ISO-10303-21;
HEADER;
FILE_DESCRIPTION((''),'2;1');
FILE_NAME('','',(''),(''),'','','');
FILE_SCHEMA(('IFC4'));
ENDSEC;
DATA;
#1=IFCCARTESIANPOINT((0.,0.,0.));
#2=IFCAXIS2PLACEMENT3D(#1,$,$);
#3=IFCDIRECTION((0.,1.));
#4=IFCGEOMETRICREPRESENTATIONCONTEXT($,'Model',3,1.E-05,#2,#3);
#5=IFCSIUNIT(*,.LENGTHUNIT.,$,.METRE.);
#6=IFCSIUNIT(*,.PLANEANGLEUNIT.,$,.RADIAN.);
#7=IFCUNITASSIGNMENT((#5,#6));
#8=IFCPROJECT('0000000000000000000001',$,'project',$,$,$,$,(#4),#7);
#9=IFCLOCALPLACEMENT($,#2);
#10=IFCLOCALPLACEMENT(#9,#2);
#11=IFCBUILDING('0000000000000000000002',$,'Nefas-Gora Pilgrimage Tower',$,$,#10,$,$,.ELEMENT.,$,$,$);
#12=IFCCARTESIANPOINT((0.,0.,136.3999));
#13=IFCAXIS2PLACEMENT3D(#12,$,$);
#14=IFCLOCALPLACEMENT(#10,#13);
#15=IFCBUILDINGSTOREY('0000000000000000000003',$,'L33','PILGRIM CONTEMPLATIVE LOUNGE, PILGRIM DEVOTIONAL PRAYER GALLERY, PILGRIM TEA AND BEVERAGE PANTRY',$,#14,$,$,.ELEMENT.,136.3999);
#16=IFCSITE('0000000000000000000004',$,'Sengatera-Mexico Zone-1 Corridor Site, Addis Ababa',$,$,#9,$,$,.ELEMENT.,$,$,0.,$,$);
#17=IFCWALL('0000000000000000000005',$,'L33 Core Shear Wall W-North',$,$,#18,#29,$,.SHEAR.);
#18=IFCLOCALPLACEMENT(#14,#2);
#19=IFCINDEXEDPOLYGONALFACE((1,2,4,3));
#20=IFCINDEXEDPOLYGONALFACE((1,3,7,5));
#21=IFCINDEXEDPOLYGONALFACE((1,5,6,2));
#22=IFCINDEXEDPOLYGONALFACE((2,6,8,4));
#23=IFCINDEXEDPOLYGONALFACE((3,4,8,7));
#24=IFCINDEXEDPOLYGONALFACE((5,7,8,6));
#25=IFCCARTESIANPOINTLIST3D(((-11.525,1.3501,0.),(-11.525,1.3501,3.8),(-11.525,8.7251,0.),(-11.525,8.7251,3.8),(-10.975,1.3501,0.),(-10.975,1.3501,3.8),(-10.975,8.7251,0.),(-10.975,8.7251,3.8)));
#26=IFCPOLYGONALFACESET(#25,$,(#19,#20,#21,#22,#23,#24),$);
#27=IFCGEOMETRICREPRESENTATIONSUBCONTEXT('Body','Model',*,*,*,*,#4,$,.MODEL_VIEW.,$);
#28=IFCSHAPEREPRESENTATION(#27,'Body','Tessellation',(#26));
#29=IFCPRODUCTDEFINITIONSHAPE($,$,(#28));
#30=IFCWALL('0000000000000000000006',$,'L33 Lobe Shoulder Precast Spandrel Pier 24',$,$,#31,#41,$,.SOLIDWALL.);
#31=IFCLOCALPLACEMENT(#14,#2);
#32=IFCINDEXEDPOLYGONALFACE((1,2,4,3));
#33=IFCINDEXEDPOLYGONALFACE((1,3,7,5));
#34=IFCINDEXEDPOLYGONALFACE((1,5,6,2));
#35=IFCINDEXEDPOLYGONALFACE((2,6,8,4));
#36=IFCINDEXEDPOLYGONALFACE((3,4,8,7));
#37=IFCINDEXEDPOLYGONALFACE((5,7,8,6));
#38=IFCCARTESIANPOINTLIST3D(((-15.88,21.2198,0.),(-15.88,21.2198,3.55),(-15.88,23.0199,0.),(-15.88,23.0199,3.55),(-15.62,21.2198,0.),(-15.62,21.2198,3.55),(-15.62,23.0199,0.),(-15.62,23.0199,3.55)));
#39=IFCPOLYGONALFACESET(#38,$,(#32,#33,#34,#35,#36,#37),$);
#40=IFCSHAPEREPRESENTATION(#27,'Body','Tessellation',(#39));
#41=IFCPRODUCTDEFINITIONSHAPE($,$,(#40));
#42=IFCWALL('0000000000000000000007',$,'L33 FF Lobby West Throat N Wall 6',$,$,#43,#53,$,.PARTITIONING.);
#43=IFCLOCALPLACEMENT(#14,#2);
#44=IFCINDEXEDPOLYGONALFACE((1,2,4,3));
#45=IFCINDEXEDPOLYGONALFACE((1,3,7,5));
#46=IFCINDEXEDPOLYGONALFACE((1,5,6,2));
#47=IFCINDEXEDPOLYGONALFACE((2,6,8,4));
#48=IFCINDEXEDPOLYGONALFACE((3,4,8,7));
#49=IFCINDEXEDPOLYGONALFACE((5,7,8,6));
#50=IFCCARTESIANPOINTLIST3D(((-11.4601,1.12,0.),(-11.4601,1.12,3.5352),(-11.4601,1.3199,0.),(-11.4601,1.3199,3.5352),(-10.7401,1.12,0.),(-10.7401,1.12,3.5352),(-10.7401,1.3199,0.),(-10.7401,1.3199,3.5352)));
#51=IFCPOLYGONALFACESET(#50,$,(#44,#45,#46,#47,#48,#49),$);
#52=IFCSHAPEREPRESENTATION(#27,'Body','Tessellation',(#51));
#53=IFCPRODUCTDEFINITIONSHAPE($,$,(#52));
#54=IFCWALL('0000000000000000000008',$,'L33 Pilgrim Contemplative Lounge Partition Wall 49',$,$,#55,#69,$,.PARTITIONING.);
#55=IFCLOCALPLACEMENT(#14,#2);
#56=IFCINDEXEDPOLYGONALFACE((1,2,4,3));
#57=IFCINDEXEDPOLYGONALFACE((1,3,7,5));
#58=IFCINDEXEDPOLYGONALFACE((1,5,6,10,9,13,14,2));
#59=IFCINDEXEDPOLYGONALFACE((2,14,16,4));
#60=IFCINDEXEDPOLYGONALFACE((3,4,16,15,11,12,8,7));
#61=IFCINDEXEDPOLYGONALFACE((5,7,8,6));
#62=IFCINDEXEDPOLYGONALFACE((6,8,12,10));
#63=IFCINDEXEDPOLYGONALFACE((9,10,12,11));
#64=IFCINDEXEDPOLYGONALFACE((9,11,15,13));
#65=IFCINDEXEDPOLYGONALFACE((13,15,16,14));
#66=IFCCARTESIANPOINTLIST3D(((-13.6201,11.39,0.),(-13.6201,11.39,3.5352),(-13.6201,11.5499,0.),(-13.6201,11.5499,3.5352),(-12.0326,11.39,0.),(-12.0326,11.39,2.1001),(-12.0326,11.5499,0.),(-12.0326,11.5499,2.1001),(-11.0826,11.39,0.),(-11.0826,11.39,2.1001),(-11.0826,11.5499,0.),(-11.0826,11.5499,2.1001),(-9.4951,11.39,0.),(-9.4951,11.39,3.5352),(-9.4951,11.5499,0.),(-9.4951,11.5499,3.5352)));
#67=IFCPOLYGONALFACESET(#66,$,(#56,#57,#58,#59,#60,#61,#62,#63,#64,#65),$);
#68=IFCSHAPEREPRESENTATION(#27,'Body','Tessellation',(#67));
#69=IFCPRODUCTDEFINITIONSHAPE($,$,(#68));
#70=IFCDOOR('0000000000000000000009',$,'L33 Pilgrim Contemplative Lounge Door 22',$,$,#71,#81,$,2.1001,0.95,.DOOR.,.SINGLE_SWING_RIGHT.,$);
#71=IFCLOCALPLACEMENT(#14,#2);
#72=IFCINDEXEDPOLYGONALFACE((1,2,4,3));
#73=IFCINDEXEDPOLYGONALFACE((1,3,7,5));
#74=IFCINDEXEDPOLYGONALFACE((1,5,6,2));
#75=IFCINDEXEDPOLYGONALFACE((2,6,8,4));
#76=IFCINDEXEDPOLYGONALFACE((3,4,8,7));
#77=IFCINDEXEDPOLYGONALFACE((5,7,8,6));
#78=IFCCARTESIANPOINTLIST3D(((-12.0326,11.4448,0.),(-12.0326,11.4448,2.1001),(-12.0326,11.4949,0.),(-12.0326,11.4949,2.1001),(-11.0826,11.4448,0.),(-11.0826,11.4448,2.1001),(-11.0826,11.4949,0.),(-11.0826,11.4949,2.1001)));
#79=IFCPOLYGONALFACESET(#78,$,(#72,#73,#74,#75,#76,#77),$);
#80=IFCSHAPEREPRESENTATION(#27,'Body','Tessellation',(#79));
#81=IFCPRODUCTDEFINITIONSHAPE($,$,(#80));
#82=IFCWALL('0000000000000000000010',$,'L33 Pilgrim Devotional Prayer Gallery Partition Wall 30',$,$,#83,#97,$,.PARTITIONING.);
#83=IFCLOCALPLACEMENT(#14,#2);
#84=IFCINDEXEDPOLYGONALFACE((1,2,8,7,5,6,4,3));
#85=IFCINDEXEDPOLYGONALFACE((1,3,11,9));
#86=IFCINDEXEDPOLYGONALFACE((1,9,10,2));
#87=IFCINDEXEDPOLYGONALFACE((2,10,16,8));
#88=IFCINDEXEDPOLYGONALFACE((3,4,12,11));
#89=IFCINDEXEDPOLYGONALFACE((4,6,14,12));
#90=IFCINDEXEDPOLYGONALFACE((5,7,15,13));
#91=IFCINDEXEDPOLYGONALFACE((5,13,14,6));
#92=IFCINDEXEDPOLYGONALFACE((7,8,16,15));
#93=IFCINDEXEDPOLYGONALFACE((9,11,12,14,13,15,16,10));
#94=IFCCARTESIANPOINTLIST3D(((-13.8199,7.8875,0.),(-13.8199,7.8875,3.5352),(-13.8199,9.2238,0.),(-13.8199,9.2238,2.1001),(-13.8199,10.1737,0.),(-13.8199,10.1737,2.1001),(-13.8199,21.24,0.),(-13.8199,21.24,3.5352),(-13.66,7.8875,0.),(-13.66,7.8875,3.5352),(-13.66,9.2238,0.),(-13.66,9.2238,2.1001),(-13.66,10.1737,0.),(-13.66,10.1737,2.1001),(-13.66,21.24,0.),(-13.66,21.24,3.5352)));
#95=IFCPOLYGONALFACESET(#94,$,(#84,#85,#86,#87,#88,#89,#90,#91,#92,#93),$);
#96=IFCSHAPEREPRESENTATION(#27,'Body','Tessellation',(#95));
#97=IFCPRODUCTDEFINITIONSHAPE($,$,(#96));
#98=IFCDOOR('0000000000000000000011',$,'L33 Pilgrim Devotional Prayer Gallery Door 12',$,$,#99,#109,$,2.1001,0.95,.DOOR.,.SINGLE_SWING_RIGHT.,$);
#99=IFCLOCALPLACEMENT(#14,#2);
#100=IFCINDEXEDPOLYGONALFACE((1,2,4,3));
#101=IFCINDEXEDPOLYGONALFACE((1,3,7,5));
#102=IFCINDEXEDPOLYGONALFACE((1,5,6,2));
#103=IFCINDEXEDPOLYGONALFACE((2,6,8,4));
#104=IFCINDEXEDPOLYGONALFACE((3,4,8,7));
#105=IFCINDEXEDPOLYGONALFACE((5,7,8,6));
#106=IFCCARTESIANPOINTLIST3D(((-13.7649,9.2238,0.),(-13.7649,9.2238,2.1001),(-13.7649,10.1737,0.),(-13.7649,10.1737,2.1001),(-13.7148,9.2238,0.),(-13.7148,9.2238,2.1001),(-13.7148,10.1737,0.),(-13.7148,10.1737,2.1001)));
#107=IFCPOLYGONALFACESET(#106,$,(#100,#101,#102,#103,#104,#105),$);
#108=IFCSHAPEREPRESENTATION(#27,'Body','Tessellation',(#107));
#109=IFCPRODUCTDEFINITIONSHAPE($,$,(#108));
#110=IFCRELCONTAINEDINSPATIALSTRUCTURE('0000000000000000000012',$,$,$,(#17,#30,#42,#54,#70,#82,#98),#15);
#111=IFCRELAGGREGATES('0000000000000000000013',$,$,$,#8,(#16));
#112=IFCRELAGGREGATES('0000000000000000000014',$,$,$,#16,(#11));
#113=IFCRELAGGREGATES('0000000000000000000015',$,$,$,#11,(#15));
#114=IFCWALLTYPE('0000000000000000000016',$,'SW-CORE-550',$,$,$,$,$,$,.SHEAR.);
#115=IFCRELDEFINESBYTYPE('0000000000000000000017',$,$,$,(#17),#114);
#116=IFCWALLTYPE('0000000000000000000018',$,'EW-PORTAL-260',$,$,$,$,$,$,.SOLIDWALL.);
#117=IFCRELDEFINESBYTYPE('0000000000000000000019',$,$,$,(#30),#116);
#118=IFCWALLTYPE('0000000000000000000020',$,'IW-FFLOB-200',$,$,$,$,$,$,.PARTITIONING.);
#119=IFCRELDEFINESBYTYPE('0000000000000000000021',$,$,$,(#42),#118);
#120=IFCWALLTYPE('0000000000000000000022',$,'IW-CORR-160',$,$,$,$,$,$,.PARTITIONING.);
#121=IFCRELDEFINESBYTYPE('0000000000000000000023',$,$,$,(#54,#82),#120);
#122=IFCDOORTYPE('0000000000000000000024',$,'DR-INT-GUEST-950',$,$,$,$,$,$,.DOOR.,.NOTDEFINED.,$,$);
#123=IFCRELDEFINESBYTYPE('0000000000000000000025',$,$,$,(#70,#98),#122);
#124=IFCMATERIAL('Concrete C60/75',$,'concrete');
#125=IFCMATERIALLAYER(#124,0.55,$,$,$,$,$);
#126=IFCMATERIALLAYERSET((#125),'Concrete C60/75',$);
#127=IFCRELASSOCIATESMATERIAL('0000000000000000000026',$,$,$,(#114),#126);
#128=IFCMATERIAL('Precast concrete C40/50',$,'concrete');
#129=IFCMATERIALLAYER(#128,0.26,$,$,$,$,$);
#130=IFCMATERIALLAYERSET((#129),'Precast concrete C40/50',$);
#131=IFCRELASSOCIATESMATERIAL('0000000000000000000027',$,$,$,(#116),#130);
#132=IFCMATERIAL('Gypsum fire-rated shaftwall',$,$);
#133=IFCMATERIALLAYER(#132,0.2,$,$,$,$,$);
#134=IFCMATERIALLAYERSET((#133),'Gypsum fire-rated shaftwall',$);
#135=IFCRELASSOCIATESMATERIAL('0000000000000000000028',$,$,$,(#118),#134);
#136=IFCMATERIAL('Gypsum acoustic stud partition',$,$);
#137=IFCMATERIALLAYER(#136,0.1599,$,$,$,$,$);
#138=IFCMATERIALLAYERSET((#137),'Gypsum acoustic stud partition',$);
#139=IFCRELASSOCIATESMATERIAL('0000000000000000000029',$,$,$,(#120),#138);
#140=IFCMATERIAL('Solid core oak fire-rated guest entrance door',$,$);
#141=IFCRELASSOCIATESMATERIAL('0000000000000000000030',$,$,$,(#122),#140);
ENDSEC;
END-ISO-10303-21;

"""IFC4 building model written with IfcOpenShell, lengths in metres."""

from ifc_helpers import new_model, si_unit, direction, frame, frame_2d, origin, place, context, subcontext, project, spatial, rectangle, extrude, source, transform, mapped, material, layer, layer_set, type_object, element, fill, save


model = new_model("IFC4")

# Units and contexts
model_context = context("Model", 3, precision=1e-05, world=origin(), true_north=direction((0.0, 1.0)))
body_context = subcontext(model_context, "Body", "Model", "MODEL_VIEW")
ifc_project = project(units=[si_unit("LENGTHUNIT", "METRE"), si_unit("PLANEANGLEUNIT", "RADIAN")], contexts=[model_context])

# Site, building, storey
site_placement = place(None, origin())
site = spatial("IfcSite", under=ifc_project, at=site_placement, Name="Sengatera-Mexico Zone-1 Corridor Site, Addis Ababa", CompositionType="ELEMENT", RefElevation=0.0)
building_placement = place(site_placement, origin())
building = spatial("IfcBuilding", under=site, at=building_placement, Name="Nefas-Gora Pilgrimage Tower", CompositionType="ELEMENT")
storey_placement = place(building_placement, frame((0.0, 0.0, 136.3999)))
storey = spatial("IfcBuildingStorey", under=building, at=storey_placement, Name="L33", Description="PILGRIM CONTEMPLATIVE LOUNGE, PILGRIM DEVOTIONAL PRAYER GALLERY, PILGRIM TEA AND BEVERAGE PANTRY", CompositionType="ELEMENT", Elevation=136.3999)

# Walls
ifc_material_1 = material(Name="Concrete C60/75", Category="concrete")
ifc_layer_1 = layer(ifc_material_1, 0.55)
ifc_layer_set_1 = layer_set([ifc_layer_1], Name="Concrete C60/75")
wall_type_1 = type_object("IfcWallType", Name="SW-CORE-550", PredefinedType="SHEAR", material=ifc_layer_set_1)
shared_shape_1 = source(origin(), body_context, "Body", "SweptSolid", [
    extrude(rectangle(XDim=7.375, YDim=0.55, at=frame_2d((3.6875, 0.0))), origin(), (0.0, 0.0, 1.0), 3.8),
])
wall_1_placement = place(storey_placement, frame((-11.25, 1.3501, 0.0), z_axis=(0.0, 0.0, 1.0), x_axis=(0.0, 1.0, 0.0)))
element("IfcWall", 1, at=wall_1_placement, inside=storey, type_object=wall_type_1, Name="L33 Core Shear Wall W-North", PredefinedType="SHEAR", context=body_context, shape_type="MappedRepresentation", body=[
    mapped(shared_shape_1, transform((0.0, 0.0, 0.0), x_axis=(1.0, 0.0, 0.0), y_axis=(0.0, 1.0, 0.0), z_axis=(0.0, 0.0, 1.0), scale=1.0)),
])
ifc_material_2 = material(Name="Precast concrete C40/50", Category="concrete")
ifc_layer_2 = layer(ifc_material_2, 0.26)
ifc_layer_set_2 = layer_set([ifc_layer_2], Name="Precast concrete C40/50")
wall_type_2 = type_object("IfcWallType", Name="EW-PORTAL-260", PredefinedType="SOLIDWALL", material=ifc_layer_set_2)
shared_shape_2 = source(origin(), body_context, "Body", "SweptSolid", [
    extrude(rectangle(XDim=1.8, YDim=0.26, at=frame_2d((0.8999, 0.0))), origin(), (0.0, 0.0, 1.0), 3.55),
])
wall_2_placement = place(storey_placement, frame((-15.75, 21.22, 0.0), z_axis=(0.0, 0.0, 1.0), x_axis=(0.0, 1.0, 0.0)))
element("IfcWall", 2, at=wall_2_placement, inside=storey, type_object=wall_type_2, Name="L33 Lobe Shoulder Precast Spandrel Pier 24", PredefinedType="SOLIDWALL", context=body_context, shape_type="MappedRepresentation", body=[
    mapped(shared_shape_2, transform((0.0, 0.0, 0.0), x_axis=(1.0, 0.0, 0.0), y_axis=(0.0, 1.0, 0.0), z_axis=(0.0, 0.0, 1.0), scale=1.0)),
])
ifc_material_3 = material(Name="Gypsum fire-rated shaftwall")
ifc_layer_3 = layer(ifc_material_3, 0.2)
ifc_layer_set_3 = layer_set([ifc_layer_3], Name="Gypsum fire-rated shaftwall")
wall_type_3 = type_object("IfcWallType", Name="IW-FFLOB-200", PredefinedType="PARTITIONING", material=ifc_layer_set_3)
shared_shape_3 = source(origin(), body_context, "Body", "SweptSolid", [
    extrude(rectangle(XDim=0.72, YDim=0.2, at=frame_2d((0.3599, 0.0))), origin(), (0.0, 0.0, 1.0), 3.5352),
])
wall_3_placement = place(storey_placement, frame((-11.46, 1.22, 0.0), z_axis=(0.0, 0.0, 1.0), x_axis=(1.0, 0.0, 0.0)))
element("IfcWall", 3, at=wall_3_placement, inside=storey, type_object=wall_type_3, Name="L33 FF Lobby West Throat N Wall 6", PredefinedType="PARTITIONING", context=body_context, shape_type="MappedRepresentation", body=[
    mapped(shared_shape_3, transform((0.0, 0.0, 0.0), x_axis=(1.0, 0.0, 0.0), y_axis=(0.0, 1.0, 0.0), z_axis=(0.0, 0.0, 1.0), scale=1.0)),
])

# Walls, openings, doors
ifc_material_4 = material(Name="Gypsum acoustic stud partition")
ifc_layer_4 = layer(ifc_material_4, 0.1599)
ifc_layer_set_4 = layer_set([ifc_layer_4], Name="Gypsum acoustic stud partition")
wall_type_4 = type_object("IfcWallType", Name="IW-CORR-160", PredefinedType="PARTITIONING", material=ifc_layer_set_4)
shared_shape_4 = source(origin(), body_context, "Body", "SweptSolid", [
    extrude(rectangle(XDim=4.125, YDim=0.1599, at=frame_2d((2.0625, 0.0))), origin(), (0.0, 0.0, 1.0), 3.5352),
])
wall_4_placement = place(storey_placement, frame((-13.6201, 11.47, 0.0), z_axis=(0.0, 0.0, 1.0), x_axis=(1.0, 0.0, 0.0)))
wall_4 = element("IfcWall", 4, at=wall_4_placement, inside=storey, type_object=wall_type_4, Name="L33 Pilgrim Contemplative Lounge Partition Wall 49", PredefinedType="PARTITIONING", context=body_context, shape_type="MappedRepresentation", body=[
    mapped(shared_shape_4, transform((0.0, 0.0, 0.0), x_axis=(1.0, 0.0, 0.0), y_axis=(0.0, 1.0, 0.0), z_axis=(0.0, 0.0, 1.0), scale=1.0)),
])
opening_1_placement = place(wall_4_placement, frame((1.5874, 0.0, 0.0)))
opening_1 = element("IfcOpeningElement", 5, at=opening_1_placement, cuts=wall_4, PredefinedType="OPENING", context=body_context, shape_type="SweptSolid", body=[
    extrude(rectangle(XDim=0.95, YDim=2.1001, at=frame_2d((0.4751, 1.05))), frame((0.0, 0.0898, 0.0), z_axis=(0.0, -1.0, 0.0), x_axis=(1.0, 0.0, 0.0)), (0.0, 0.0, 1.0), 0.1799),
])
ifc_material_5 = material(Name="Solid core oak fire-rated guest entrance door")
door_type = type_object("IfcDoorType", Name="DR-INT-GUEST-950", OperationType="NOTDEFINED", PredefinedType="DOOR", material=ifc_material_5)
shared_shape_5 = source(origin(), body_context, "Body", "SweptSolid", [
    extrude(rectangle(XDim=0.95, YDim=2.1001, at=frame_2d((0.4751, 1.05))), frame((0.0, 0.0249, 0.0), z_axis=(0.0, -1.0, 0.0), x_axis=(1.0, 0.0, 0.0)), (0.0, 0.0, 1.0), 0.05),
])
door_1_placement = place(opening_1_placement, origin())
door_1 = element("IfcDoor", 6, at=door_1_placement, inside=storey, type_object=door_type, Name="L33 Pilgrim Contemplative Lounge Door 22", OperationType="SINGLE_SWING_RIGHT", OverallHeight=2.1001, OverallWidth=0.95, PredefinedType="DOOR", context=body_context, shape_type="MappedRepresentation", body=[
    mapped(shared_shape_5, transform((0.0, 0.0, 0.0), x_axis=(1.0, 0.0, 0.0), y_axis=(0.0, 1.0, 0.0), z_axis=(0.0, 0.0, 1.0), scale=1.0)),
])
fill(opening_1, door_1)
shared_shape_6 = source(origin(), body_context, "Body", "SweptSolid", [
    extrude(rectangle(XDim=13.3525, YDim=0.1599, at=frame_2d((6.6763, 0.0))), origin(), (0.0, 0.0, 1.0), 3.5352),
])
wall_5_placement = place(storey_placement, frame((-13.74, 7.8875, 0.0), z_axis=(0.0, 0.0, 1.0), x_axis=(0.0, 1.0, 0.0)))
wall_5 = element("IfcWall", 7, at=wall_5_placement, inside=storey, type_object=wall_type_4, Name="L33 Pilgrim Devotional Prayer Gallery Partition Wall 30", PredefinedType="PARTITIONING", context=body_context, shape_type="MappedRepresentation", body=[
    mapped(shared_shape_6, transform((0.0, 0.0, 0.0), x_axis=(1.0, 0.0, 0.0), y_axis=(0.0, 1.0, 0.0), z_axis=(0.0, 0.0, 1.0), scale=1.0)),
])
opening_2_placement = place(wall_5_placement, frame((1.3362, 0.0, 0.0)))
opening_2 = element("IfcOpeningElement", 8, at=opening_2_placement, cuts=wall_5, PredefinedType="OPENING", context=body_context, shape_type="SweptSolid", body=[
    extrude(rectangle(XDim=0.95, YDim=2.1001, at=frame_2d((0.4751, 1.05))), frame((0.0, 0.0898, 0.0), z_axis=(0.0, -1.0, 0.0), x_axis=(1.0, 0.0, 0.0)), (0.0, 0.0, 1.0), 0.1799),
])
door_2_placement = place(opening_2_placement, origin())
door_2 = element("IfcDoor", 9, at=door_2_placement, inside=storey, type_object=door_type, Name="L33 Pilgrim Devotional Prayer Gallery Door 12", OperationType="SINGLE_SWING_RIGHT", OverallHeight=2.1001, OverallWidth=0.95, PredefinedType="DOOR", context=body_context, shape_type="MappedRepresentation", body=[
    mapped(shared_shape_5, transform((0.0, 0.0, 0.0), x_axis=(1.0, 0.0, 0.0), y_axis=(0.0, 1.0, 0.0), z_axis=(0.0, 0.0, 1.0), scale=1.0)),
])
fill(opening_2, door_2)

save(model, "model.ifc")
